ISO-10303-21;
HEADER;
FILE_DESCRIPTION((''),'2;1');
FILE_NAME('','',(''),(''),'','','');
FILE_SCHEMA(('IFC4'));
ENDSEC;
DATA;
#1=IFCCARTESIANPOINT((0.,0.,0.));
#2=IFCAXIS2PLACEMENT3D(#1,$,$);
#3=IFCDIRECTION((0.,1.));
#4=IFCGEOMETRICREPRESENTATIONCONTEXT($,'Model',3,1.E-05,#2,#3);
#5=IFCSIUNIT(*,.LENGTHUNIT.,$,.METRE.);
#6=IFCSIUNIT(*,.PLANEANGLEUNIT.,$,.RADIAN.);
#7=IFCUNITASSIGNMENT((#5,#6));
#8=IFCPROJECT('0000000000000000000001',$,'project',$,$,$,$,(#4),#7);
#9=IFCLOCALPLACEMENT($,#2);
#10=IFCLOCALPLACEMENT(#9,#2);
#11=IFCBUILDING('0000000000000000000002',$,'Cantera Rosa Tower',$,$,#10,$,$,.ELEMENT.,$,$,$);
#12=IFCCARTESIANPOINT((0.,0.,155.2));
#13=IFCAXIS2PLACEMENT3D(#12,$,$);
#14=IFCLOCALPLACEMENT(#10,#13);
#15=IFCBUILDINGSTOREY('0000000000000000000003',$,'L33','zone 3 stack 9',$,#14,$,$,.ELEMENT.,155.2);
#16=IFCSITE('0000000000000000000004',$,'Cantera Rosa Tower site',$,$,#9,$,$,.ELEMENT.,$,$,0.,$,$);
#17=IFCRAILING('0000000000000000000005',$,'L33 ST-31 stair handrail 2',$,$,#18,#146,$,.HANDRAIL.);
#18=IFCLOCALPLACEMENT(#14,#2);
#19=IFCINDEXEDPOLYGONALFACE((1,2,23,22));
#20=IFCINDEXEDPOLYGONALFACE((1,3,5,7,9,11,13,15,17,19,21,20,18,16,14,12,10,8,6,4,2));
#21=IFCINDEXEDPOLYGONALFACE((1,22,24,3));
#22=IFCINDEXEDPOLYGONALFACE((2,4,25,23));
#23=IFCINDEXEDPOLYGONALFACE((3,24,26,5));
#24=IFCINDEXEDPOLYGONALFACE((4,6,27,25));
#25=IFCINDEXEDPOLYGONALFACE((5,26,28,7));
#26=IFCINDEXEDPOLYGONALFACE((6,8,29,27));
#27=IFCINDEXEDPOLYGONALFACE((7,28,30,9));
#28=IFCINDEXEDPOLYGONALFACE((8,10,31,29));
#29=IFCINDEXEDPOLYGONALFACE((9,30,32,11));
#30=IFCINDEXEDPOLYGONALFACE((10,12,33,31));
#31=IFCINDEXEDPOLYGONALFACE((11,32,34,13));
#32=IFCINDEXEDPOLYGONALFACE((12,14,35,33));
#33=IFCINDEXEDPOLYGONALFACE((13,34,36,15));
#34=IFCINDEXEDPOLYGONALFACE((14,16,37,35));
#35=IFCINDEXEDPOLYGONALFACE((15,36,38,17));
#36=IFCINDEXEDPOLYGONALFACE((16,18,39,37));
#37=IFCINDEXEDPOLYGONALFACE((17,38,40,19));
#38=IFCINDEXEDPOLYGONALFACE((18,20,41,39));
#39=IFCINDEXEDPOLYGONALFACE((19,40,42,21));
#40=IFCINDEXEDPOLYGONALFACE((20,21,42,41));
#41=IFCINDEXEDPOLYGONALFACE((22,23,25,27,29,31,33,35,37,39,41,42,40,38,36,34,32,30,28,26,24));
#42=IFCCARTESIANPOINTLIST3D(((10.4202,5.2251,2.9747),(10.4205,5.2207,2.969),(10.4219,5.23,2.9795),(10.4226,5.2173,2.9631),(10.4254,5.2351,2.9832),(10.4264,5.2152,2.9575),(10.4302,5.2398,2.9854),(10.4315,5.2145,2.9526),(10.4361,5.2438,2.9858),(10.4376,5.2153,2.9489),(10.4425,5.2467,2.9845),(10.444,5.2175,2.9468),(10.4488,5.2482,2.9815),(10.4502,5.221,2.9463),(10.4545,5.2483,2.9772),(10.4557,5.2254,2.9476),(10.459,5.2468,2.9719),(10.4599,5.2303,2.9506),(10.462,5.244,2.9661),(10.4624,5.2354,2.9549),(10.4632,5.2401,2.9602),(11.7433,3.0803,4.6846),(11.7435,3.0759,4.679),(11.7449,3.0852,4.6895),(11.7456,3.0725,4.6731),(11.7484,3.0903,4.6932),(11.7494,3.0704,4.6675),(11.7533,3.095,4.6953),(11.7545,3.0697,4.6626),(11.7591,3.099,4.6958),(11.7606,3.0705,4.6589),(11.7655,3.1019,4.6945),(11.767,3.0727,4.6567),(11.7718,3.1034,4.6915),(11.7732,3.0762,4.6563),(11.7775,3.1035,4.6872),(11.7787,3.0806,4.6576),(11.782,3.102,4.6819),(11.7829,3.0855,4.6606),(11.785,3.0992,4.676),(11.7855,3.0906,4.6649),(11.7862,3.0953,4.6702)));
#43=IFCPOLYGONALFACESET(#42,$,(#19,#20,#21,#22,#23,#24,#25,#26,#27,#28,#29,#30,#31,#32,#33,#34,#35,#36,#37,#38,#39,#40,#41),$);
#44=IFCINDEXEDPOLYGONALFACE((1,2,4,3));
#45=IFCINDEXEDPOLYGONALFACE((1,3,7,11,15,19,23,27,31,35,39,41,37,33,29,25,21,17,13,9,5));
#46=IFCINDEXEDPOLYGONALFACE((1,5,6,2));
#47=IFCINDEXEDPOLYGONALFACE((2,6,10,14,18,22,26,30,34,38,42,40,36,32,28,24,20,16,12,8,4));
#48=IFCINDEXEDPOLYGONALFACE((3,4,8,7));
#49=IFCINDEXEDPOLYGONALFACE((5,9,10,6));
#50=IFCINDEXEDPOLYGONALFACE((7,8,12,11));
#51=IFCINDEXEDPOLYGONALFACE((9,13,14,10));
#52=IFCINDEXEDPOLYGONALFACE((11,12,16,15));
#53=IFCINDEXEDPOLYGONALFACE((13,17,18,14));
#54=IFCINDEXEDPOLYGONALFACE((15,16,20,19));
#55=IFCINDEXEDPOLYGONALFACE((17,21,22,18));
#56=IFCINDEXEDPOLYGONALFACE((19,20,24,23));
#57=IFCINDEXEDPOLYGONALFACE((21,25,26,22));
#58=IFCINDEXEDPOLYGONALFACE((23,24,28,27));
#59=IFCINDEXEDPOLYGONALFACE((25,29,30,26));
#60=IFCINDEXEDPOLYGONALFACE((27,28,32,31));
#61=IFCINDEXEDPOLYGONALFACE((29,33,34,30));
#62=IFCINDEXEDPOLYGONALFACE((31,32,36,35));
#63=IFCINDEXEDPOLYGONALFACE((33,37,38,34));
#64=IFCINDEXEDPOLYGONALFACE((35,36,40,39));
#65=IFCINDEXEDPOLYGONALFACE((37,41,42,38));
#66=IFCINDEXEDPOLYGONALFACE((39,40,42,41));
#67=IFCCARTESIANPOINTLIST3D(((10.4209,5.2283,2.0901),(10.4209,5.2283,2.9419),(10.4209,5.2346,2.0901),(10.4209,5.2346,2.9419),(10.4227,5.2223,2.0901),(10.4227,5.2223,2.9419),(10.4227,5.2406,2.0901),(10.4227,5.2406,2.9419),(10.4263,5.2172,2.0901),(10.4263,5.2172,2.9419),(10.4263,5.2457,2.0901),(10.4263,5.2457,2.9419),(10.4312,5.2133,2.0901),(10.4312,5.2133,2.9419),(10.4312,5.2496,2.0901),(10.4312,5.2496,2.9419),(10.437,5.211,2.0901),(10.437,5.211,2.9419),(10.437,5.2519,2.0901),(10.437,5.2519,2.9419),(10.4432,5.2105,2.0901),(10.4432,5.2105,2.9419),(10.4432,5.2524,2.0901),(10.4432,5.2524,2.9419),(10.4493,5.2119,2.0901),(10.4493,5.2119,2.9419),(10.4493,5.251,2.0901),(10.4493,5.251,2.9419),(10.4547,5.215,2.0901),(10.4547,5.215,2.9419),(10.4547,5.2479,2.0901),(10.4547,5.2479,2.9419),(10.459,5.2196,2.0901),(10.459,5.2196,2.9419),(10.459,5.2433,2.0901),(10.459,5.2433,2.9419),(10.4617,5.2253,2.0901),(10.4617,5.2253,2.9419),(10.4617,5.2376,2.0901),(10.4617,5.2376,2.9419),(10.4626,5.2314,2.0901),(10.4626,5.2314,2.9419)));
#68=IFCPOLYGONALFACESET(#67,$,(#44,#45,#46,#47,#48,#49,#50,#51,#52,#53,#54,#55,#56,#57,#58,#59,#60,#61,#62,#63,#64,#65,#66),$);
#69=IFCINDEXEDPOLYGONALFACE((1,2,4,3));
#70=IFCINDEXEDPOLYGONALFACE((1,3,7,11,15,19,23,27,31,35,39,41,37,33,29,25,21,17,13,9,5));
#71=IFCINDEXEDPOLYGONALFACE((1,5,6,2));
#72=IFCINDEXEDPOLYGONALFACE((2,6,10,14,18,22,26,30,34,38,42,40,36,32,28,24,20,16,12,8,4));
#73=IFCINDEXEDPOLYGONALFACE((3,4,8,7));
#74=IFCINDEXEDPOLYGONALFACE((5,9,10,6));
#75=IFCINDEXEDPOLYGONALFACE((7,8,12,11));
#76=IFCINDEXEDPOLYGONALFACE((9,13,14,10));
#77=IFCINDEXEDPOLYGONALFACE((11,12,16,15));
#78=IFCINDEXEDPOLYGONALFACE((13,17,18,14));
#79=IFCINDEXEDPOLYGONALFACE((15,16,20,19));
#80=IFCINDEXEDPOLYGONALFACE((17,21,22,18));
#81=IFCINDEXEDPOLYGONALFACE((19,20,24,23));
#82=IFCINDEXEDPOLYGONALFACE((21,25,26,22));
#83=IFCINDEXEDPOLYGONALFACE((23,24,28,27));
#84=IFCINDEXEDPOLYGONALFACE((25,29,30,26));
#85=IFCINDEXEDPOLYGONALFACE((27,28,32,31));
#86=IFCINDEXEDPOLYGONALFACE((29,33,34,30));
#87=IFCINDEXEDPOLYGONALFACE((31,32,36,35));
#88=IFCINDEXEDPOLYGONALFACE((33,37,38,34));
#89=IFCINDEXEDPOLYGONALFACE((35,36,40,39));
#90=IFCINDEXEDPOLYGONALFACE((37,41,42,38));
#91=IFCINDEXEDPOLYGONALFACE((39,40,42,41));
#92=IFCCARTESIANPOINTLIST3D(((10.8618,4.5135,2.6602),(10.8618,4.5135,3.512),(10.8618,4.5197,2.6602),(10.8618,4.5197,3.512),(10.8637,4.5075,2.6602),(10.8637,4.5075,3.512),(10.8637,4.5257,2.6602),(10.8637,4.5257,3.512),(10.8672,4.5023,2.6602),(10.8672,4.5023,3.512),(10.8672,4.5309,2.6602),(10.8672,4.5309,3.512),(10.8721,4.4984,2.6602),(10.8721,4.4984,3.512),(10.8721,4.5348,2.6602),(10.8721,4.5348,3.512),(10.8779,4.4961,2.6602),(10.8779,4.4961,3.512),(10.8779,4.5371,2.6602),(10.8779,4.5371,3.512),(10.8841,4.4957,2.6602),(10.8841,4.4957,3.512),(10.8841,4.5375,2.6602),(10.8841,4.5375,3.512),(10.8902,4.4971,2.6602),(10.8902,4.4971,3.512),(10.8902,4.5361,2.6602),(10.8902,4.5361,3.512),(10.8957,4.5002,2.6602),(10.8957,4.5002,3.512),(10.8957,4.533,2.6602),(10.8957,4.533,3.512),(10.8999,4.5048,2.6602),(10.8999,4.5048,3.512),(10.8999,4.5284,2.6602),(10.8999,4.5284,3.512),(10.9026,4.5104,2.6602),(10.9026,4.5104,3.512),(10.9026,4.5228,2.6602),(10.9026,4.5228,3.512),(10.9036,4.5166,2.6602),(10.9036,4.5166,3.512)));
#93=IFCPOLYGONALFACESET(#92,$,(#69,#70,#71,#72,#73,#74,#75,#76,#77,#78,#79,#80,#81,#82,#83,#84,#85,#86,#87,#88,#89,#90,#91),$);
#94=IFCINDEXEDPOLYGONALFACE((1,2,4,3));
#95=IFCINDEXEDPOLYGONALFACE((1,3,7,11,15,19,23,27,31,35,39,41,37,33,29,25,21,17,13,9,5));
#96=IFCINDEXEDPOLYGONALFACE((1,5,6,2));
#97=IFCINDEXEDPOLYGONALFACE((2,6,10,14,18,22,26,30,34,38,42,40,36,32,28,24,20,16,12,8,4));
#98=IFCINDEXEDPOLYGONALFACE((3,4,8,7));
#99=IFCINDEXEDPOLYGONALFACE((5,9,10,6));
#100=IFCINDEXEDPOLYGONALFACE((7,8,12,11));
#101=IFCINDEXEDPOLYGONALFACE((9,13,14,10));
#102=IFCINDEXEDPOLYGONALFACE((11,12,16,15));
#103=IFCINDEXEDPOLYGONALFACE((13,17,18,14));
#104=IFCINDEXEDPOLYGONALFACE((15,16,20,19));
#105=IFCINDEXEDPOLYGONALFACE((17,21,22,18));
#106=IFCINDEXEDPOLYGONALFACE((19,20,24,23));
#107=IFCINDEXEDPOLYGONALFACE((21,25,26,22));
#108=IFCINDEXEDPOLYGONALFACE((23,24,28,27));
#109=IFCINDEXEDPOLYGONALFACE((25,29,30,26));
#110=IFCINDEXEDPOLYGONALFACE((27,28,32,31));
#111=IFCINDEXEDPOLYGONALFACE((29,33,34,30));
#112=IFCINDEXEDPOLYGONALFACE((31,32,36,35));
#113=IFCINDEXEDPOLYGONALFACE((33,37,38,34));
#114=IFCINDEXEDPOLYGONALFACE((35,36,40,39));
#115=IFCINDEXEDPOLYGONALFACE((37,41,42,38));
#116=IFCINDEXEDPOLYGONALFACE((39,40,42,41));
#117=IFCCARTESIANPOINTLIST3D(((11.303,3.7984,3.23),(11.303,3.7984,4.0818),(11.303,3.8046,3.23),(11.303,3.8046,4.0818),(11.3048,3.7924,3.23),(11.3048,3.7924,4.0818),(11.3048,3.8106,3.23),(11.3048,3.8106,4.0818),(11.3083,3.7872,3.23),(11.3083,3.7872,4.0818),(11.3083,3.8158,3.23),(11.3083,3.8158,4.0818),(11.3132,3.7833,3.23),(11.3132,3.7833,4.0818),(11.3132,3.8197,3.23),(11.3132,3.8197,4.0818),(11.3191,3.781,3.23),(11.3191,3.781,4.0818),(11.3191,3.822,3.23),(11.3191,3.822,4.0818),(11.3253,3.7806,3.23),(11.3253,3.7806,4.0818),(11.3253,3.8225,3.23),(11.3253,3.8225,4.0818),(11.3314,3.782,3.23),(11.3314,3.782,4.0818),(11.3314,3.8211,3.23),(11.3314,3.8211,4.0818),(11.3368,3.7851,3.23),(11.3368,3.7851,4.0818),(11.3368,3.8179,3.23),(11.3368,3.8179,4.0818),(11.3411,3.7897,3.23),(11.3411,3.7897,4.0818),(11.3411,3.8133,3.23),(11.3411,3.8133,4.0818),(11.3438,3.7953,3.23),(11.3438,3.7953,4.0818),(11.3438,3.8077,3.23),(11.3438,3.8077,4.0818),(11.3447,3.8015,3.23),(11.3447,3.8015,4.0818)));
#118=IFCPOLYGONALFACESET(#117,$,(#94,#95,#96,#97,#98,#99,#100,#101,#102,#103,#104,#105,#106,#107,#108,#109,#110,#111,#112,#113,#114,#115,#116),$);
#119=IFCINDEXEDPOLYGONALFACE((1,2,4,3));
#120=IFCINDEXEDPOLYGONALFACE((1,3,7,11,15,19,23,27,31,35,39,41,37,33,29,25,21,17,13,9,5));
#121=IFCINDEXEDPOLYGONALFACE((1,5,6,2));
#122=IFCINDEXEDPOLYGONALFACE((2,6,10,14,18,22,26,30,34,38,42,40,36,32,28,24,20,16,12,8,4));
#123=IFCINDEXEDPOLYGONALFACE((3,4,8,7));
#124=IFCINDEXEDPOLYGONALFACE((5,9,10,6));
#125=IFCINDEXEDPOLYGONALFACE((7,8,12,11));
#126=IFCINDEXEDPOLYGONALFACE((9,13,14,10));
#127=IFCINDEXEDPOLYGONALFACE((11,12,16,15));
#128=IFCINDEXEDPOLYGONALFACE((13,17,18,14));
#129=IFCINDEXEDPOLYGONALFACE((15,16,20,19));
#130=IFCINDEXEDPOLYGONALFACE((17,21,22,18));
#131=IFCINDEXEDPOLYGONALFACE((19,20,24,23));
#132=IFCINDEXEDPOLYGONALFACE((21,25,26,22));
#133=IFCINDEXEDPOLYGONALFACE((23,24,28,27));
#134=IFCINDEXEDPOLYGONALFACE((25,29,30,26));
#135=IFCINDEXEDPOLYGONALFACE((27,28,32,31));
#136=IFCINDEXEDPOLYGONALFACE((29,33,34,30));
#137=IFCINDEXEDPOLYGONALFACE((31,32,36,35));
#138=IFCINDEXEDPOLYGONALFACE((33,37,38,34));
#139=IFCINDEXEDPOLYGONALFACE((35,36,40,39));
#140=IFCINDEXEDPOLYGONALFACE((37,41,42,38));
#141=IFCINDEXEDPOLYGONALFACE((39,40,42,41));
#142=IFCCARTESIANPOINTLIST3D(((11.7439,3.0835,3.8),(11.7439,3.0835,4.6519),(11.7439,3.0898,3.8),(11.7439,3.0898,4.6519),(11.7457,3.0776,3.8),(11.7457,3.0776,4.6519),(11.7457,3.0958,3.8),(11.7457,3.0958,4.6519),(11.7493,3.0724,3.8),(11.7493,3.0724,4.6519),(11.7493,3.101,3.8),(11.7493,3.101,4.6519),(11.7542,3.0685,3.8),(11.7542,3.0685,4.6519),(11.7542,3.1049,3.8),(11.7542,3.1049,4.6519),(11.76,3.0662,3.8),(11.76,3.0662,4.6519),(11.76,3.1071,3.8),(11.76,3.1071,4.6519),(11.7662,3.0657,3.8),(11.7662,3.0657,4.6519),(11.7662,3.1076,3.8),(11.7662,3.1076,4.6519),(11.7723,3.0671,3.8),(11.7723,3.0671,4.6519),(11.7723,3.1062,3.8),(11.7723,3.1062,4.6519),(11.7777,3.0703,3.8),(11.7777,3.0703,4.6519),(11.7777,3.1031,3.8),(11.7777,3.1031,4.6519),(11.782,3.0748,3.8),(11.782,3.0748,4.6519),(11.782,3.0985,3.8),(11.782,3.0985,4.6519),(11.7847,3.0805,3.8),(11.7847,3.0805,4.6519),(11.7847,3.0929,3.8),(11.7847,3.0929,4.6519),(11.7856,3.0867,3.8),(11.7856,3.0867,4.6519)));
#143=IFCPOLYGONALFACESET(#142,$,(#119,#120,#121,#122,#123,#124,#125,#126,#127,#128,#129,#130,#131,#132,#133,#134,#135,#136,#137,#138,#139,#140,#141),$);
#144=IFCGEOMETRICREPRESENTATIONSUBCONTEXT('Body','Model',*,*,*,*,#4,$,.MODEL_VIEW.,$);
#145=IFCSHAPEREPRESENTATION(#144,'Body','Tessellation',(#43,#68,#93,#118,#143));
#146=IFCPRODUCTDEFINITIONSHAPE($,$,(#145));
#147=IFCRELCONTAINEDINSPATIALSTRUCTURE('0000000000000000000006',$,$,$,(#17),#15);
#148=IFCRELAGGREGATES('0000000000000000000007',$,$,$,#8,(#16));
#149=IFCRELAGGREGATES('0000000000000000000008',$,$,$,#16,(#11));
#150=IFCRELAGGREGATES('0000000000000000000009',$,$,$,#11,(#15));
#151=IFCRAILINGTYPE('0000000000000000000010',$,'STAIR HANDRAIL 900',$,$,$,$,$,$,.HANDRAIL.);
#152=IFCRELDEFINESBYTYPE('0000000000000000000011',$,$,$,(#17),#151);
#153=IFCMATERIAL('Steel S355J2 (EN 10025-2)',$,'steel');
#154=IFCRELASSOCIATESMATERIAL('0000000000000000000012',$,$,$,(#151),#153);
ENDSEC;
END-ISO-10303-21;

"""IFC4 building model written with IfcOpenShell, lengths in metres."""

from ifc_helpers import new_model, si_unit, direction, frame, origin, origin_2d, place, context, subcontext, project, spatial, circle, extrude, material, type_object, element, save


model = new_model("IFC4")

# Units and contexts
model_context = context("Model", 3, precision=1e-05, world=origin(), true_north=direction((0.0, 1.0)))
body_context = subcontext(model_context, "Body", "Model", "MODEL_VIEW")
ifc_project = project(units=[si_unit("LENGTHUNIT", "METRE"), si_unit("PLANEANGLEUNIT", "RADIAN")], contexts=[model_context])

# Site, building, storey
site_placement = place(None, origin())
site = spatial("IfcSite", under=ifc_project, at=site_placement, Name="Cantera Rosa Tower site", CompositionType="ELEMENT", RefElevation=0.0)
building_placement = place(site_placement, origin())
building = spatial("IfcBuilding", under=site, at=building_placement, Name="Cantera Rosa Tower", CompositionType="ELEMENT")
storey_placement = place(building_placement, frame((0.0, 0.0, 155.2)))
storey = spatial("IfcBuildingStorey", under=building, at=storey_placement, Name="L33", Description="zone 3 stack 9", CompositionType="ELEMENT", Elevation=155.2)

# Railing
ifc_material_1 = material(Name="Steel S355J2 (EN 10025-2)", Category="steel")
railing_type = type_object("IfcRailingType", Name="STAIR HANDRAIL 900", PredefinedType="HANDRAIL", material=ifc_material_1)
railing_placement = place(storey_placement, frame((10.4417, 5.2314, 2.0901)))
element("IfcRailing", 1, at=railing_placement, inside=storey, type_object=railing_type, Name="L33 ST-31 stair handrail 2", PredefinedType="HANDRAIL", context=body_context, shape_type="SweptSolid", body=[
    extrude(circle(Radius=0.0239, at=origin_2d()), frame((0.0, 0.0, 0.876), z_axis=(0.434428, -0.704271, 0.561493), x_axis=(0.851102, 0.525, 0.0)), (0.0, 0.0, 1.0), 3.0454),
    extrude(circle(Radius=0.021, at=origin_2d()), origin(), (0.0, 0.0, 1.0), 0.8518),
    extrude(circle(Radius=0.021, at=origin_2d()), frame((0.4409, -0.7148, 0.5701)), (0.0, 0.0, 1.0), 0.8518),
    extrude(circle(Radius=0.021, at=origin_2d()), frame((0.8821, -1.4299, 1.1399)), (0.0, 0.0, 1.0), 0.8518),
    extrude(circle(Radius=0.021, at=origin_2d()), frame((1.323, -2.1448, 1.71)), (0.0, 0.0, 1.0), 0.8518),
])

save(model, "model.ifc")
